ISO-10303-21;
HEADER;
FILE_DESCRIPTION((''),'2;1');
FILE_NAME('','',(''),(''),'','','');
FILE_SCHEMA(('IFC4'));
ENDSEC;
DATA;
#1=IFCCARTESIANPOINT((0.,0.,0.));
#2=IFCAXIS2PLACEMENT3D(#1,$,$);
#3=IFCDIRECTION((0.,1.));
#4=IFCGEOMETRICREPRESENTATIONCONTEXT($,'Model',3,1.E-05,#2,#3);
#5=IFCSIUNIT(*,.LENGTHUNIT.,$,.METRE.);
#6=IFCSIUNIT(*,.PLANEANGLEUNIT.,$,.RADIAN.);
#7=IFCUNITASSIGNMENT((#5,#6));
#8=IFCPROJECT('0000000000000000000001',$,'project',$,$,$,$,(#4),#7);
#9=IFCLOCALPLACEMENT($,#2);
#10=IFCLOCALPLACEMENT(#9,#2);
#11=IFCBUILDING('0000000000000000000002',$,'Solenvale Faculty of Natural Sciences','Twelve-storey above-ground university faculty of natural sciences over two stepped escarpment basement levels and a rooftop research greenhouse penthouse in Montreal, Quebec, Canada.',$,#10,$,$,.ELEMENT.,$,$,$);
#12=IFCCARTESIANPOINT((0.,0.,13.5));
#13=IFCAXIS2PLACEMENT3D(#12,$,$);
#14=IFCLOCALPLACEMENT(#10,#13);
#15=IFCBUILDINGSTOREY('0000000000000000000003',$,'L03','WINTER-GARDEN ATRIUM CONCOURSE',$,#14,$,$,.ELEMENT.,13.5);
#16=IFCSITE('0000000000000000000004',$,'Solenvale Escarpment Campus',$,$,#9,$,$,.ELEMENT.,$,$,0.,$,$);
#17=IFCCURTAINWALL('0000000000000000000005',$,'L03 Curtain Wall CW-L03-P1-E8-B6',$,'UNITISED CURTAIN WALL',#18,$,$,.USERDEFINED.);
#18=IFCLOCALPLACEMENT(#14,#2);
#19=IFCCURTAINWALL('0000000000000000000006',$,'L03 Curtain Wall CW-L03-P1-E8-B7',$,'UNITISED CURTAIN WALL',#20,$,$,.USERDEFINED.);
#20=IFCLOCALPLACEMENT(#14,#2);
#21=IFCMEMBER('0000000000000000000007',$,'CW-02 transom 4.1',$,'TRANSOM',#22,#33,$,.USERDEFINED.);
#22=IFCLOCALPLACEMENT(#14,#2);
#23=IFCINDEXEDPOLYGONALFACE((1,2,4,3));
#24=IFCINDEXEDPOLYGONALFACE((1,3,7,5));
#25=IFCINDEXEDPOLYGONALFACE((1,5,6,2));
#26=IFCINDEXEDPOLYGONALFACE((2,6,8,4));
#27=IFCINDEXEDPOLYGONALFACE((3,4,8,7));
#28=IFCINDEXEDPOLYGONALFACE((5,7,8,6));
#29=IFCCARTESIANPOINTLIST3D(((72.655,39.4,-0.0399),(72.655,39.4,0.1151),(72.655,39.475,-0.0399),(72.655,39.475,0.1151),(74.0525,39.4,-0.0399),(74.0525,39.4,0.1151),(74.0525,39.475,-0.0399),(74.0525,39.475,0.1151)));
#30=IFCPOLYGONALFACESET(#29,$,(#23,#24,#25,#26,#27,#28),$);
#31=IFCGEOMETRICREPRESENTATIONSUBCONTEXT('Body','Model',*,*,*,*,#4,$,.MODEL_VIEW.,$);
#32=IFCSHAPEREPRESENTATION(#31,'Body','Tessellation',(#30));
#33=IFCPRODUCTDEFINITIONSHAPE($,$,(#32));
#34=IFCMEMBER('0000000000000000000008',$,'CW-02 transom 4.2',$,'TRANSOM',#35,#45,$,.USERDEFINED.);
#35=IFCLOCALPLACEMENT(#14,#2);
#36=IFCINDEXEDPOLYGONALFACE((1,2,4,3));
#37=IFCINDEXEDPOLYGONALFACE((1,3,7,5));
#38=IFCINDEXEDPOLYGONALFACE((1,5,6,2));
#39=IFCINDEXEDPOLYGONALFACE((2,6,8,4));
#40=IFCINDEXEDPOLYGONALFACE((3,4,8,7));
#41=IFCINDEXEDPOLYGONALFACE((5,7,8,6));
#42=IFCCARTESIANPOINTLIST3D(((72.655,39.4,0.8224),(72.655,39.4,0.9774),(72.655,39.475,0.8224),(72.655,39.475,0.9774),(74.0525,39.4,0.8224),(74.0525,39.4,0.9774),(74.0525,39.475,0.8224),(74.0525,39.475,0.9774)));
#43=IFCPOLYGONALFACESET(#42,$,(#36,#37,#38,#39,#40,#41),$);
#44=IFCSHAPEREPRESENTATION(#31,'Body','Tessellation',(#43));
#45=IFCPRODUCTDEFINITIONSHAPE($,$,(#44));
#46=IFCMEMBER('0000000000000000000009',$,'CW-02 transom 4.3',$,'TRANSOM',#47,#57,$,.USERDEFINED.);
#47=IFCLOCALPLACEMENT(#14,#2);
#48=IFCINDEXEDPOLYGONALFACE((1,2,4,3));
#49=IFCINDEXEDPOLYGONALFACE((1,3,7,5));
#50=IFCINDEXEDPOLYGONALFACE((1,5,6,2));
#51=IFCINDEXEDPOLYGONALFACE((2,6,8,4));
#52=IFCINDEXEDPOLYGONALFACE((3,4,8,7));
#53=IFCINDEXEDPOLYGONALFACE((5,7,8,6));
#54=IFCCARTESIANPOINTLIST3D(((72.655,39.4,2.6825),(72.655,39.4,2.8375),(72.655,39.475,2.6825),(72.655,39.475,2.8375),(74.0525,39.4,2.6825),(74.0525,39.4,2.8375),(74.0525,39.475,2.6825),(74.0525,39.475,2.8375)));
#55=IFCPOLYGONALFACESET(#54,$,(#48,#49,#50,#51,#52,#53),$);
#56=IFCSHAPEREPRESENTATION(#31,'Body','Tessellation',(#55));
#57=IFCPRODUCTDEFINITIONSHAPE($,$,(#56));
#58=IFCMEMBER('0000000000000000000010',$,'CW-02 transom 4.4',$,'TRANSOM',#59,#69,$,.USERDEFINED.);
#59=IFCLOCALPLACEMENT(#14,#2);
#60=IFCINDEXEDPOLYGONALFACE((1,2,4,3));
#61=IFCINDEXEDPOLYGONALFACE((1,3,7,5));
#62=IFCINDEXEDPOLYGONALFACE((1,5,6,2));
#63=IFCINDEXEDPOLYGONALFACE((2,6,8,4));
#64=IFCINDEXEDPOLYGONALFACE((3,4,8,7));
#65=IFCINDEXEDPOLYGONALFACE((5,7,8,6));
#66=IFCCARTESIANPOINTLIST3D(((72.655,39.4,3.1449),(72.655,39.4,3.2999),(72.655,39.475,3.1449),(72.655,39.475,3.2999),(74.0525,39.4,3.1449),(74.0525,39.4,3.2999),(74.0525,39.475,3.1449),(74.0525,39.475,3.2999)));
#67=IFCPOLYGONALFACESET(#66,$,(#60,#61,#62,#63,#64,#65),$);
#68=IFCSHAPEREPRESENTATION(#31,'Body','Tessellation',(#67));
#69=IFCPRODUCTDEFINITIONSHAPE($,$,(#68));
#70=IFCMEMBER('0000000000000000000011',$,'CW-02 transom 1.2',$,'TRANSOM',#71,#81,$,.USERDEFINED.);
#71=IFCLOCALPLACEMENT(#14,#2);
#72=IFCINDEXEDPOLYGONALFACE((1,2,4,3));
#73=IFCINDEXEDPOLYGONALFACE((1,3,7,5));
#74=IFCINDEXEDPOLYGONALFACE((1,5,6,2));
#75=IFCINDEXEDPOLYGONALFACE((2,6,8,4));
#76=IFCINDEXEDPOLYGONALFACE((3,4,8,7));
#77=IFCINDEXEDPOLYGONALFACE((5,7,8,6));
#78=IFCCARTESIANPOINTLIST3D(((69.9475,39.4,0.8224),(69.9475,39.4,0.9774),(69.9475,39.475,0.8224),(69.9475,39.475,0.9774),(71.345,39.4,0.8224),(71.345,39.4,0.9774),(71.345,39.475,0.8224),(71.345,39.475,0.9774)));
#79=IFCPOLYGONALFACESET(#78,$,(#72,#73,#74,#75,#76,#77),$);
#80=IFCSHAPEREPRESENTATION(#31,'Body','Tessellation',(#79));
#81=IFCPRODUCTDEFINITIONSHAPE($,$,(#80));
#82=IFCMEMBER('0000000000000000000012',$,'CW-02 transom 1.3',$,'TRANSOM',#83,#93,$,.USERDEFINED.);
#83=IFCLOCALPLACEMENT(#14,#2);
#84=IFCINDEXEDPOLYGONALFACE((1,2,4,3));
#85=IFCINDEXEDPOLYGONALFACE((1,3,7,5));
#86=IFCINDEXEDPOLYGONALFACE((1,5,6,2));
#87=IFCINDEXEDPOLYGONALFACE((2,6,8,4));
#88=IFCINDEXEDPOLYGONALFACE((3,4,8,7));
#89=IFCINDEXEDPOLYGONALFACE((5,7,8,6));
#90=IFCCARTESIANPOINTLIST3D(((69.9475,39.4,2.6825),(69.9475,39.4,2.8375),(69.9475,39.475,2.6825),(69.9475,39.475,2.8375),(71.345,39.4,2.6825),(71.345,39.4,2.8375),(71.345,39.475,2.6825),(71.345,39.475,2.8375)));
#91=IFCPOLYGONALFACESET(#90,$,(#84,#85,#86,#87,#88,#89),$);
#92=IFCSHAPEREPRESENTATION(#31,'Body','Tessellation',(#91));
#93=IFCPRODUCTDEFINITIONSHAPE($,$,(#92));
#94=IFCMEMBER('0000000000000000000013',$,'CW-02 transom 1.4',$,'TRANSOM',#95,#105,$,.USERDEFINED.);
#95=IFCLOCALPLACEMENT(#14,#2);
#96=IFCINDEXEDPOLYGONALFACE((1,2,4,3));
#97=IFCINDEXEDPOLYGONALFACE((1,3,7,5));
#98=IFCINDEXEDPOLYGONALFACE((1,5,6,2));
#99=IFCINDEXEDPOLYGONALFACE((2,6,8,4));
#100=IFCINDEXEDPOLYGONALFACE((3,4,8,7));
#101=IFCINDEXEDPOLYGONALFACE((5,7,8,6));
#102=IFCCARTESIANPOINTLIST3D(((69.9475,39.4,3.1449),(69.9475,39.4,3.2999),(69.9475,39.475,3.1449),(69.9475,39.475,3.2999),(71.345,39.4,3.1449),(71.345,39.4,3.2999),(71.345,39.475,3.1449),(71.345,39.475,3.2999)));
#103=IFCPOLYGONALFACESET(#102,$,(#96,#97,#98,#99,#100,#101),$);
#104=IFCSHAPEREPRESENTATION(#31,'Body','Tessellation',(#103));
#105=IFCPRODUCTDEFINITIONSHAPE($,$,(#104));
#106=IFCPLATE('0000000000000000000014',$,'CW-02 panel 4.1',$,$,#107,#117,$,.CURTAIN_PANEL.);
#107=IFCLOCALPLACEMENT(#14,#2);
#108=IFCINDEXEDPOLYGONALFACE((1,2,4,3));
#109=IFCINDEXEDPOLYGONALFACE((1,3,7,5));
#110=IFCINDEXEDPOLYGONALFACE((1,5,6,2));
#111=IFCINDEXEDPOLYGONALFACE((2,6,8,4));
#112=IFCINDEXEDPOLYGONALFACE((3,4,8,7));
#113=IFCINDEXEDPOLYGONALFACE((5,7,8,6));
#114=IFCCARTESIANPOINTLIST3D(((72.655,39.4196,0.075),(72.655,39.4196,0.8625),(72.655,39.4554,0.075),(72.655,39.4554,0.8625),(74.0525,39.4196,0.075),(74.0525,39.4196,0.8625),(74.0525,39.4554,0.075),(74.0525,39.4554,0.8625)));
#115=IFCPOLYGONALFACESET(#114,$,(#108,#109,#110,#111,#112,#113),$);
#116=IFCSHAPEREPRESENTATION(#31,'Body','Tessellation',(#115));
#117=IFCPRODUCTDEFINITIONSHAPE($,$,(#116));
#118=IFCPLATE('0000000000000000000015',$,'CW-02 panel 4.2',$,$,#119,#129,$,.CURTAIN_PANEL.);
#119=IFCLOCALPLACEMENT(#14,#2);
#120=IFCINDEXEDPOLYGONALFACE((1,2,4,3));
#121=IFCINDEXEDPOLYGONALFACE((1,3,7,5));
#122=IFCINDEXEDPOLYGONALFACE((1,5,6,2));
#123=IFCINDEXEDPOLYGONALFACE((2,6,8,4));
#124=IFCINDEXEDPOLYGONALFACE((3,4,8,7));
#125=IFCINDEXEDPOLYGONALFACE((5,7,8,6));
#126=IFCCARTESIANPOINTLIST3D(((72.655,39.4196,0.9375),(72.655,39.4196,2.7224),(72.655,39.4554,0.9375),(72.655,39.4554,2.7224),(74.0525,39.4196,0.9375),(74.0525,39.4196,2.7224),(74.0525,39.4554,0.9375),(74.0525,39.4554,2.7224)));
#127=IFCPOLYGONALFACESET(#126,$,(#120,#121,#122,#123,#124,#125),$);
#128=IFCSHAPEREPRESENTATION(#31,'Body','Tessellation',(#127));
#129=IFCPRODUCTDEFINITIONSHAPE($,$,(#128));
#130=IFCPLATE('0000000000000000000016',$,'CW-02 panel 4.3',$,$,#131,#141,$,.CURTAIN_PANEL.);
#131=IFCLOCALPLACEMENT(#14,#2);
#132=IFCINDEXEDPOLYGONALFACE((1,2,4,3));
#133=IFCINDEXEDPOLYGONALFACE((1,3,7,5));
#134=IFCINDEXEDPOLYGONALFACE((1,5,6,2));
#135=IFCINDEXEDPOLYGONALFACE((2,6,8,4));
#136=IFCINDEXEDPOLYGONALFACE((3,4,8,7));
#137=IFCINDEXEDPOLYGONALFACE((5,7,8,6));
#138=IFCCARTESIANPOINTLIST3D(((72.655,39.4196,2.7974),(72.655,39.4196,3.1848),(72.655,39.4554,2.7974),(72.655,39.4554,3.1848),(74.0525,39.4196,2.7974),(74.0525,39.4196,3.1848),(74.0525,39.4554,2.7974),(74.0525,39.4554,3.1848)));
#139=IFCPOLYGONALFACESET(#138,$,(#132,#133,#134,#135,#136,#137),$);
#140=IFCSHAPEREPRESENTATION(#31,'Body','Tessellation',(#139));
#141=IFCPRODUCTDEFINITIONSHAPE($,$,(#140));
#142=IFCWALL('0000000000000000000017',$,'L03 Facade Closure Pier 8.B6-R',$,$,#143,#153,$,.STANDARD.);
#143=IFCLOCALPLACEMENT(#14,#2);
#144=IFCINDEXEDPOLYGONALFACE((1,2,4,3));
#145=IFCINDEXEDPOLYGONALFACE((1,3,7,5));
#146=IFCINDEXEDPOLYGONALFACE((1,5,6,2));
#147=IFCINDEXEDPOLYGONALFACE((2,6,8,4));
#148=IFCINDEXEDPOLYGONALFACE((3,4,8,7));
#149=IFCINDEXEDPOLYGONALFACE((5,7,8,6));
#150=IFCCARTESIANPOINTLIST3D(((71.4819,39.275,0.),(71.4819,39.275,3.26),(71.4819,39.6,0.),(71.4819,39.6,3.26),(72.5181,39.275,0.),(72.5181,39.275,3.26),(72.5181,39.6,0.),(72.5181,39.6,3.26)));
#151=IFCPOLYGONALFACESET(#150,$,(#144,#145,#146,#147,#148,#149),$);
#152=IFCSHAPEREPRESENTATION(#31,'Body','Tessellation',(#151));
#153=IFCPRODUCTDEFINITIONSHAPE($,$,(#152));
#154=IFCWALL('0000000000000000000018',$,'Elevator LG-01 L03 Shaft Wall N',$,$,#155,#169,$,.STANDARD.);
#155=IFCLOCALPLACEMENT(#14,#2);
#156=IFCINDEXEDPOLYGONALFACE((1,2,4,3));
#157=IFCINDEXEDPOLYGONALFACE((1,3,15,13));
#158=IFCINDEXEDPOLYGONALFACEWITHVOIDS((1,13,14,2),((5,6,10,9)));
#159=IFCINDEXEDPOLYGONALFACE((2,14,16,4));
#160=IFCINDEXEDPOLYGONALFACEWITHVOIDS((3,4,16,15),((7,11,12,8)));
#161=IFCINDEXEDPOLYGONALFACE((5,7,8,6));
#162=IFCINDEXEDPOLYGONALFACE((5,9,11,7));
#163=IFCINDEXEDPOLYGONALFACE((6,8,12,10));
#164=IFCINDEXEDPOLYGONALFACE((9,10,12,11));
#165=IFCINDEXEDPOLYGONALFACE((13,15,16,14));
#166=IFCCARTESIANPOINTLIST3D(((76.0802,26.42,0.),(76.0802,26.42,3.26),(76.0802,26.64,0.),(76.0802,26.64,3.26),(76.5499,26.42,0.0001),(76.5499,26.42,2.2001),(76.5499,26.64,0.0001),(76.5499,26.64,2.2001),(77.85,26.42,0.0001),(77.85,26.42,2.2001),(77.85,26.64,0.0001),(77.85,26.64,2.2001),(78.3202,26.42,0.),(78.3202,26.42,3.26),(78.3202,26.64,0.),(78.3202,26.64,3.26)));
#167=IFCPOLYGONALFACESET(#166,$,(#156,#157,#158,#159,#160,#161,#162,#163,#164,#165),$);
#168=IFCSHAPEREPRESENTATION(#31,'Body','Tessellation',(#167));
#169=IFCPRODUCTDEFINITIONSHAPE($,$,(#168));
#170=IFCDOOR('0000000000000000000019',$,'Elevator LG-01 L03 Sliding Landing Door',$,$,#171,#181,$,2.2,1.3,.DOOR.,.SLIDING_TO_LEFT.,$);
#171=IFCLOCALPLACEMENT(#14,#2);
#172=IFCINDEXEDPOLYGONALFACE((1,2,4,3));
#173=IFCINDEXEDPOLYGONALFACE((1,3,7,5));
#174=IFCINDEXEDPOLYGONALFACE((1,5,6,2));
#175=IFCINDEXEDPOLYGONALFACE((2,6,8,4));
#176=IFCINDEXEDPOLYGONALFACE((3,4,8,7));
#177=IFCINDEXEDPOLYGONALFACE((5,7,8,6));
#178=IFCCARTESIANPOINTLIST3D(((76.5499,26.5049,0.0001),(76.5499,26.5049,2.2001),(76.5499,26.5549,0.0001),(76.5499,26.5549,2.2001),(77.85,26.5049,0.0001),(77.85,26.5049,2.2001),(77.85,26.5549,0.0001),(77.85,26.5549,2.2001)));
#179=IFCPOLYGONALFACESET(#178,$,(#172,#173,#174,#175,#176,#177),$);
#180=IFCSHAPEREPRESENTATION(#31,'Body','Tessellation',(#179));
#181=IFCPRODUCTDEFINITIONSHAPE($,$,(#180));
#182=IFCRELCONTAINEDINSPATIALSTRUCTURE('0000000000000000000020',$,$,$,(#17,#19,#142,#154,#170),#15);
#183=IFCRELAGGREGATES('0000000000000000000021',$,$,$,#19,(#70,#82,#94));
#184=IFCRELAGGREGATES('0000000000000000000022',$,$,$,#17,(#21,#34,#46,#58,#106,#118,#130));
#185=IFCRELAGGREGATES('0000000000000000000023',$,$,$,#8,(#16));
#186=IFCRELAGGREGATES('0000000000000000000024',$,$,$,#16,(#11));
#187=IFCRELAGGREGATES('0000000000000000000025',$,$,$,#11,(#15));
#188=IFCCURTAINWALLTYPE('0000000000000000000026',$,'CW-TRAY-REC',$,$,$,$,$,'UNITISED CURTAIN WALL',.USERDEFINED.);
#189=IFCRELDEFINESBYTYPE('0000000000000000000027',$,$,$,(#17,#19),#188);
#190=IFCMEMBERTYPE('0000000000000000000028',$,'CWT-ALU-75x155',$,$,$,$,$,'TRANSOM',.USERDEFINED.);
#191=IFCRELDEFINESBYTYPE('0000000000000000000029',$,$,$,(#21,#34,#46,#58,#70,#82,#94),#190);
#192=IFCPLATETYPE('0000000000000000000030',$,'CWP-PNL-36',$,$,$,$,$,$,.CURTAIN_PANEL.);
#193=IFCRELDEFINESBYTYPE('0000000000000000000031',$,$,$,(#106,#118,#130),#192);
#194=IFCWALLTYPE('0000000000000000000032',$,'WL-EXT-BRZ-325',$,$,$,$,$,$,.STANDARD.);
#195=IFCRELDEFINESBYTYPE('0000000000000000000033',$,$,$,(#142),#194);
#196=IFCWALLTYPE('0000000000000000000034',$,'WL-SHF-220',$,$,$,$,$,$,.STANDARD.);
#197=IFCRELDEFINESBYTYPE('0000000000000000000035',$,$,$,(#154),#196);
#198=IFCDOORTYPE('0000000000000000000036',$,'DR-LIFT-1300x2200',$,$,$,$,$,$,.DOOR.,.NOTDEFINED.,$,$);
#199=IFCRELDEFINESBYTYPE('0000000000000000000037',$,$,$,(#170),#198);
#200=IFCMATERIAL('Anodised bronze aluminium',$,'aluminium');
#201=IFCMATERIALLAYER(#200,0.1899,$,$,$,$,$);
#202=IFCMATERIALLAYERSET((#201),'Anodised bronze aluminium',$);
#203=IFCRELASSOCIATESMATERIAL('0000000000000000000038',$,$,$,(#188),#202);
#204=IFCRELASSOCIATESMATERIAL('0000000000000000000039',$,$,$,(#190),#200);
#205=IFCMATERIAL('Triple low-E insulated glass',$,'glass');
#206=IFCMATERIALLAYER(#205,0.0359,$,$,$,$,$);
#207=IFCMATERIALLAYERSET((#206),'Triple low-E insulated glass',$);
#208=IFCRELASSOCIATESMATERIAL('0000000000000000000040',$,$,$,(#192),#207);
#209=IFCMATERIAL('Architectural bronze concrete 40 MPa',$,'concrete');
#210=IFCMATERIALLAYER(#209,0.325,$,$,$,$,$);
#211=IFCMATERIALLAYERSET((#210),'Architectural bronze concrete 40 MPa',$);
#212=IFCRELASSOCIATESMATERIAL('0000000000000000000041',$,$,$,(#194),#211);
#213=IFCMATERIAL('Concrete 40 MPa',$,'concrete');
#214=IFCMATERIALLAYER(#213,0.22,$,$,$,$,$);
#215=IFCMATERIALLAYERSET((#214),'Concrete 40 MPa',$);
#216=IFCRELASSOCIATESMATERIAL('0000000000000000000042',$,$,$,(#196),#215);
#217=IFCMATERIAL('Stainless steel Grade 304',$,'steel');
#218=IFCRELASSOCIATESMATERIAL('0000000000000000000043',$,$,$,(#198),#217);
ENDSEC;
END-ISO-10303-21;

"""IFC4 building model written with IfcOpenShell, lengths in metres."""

from ifc_helpers import new_model, si_unit, direction, frame, frame_2d, origin, origin_2d, place, context, subcontext, project, spatial, rectangle, extrude, material, layer, layer_set, material_profile, profile_set, type_object, element, fill, aggregate, save


model = new_model("IFC4")

# Units and contexts
model_context = context("Model", 3, precision=1e-05, world=origin(), true_north=direction((0.0, 1.0)))
body_context = subcontext(model_context, "Body", "Model", "MODEL_VIEW")
ifc_project = project(units=[si_unit("LENGTHUNIT", "METRE"), si_unit("PLANEANGLEUNIT", "RADIAN")], contexts=[model_context])

# Site, building, storey
site_placement = place(None, origin())
site = spatial("IfcSite", under=ifc_project, at=site_placement, Name="Solenvale Escarpment Campus", CompositionType="ELEMENT", RefElevation=0.0)
building_placement = place(site_placement, origin())
building = spatial("IfcBuilding", under=site, at=building_placement, Name="Solenvale Faculty of Natural Sciences", Description="Twelve-storey above-ground university faculty of natural sciences over two stepped escarpment basement levels and a rooftop research greenhouse penthouse in Montreal, Quebec, Canada.", CompositionType="ELEMENT")
storey_placement = place(building_placement, frame((0.0, 0.0, 13.5)))
storey = spatial("IfcBuildingStorey", under=building, at=storey_placement, Name="L03", Description="WINTER-GARDEN ATRIUM CONCOURSE", CompositionType="ELEMENT", Elevation=13.5)

# Shared definitions
ifc_material_1 = material(Name="Concrete 40 MPa", Category="concrete")
ifc_material_2 = material(Name="Architectural bronze concrete 40 MPa", Category="concrete")

# Curtain walls
ifc_material_3 = material(Name="Anodised bronze aluminium", Category="aluminium")
ifc_layer_1 = layer(ifc_material_3, 0.1899)
ifc_layer_set_1 = layer_set([ifc_layer_1], Name="Anodised bronze aluminium")
curtain_wall_type = type_object("IfcCurtainWallType", Name="CW-TRAY-REC", ElementType="UNITISED CURTAIN WALL", PredefinedType="USERDEFINED", material=ifc_layer_set_1)
curtain_wall_1_placement = place(storey_placement, origin())
curtain_wall_1 = element("IfcCurtainWall", 1, at=curtain_wall_1_placement, inside=storey, type_object=curtain_wall_type, Name="L03 Curtain Wall CW-L03-P1-E8-B6", ObjectType="UNITISED CURTAIN WALL", PredefinedType="USERDEFINED")
curtain_wall_2_placement = place(storey_placement, origin())
curtain_wall_2 = element("IfcCurtainWall", 2, at=curtain_wall_2_placement, inside=storey, type_object=curtain_wall_type, Name="L03 Curtain Wall CW-L03-P1-E8-B7", ObjectType="UNITISED CURTAIN WALL", PredefinedType="USERDEFINED")

# Members
ifc_material_profile_1 = material_profile(ifc_material_3, rectangle(XDim=0.075, YDim=0.155, at=origin_2d()), Name="ALU-TRN-75x155")
ifc_profile_set_1 = profile_set([ifc_material_profile_1], Name="Anodised bronze aluminium")
member_type_1 = type_object("IfcMemberType", Name="CWT-ALU-75x155", ElementType="TRANSOM", PredefinedType="USERDEFINED", material=ifc_profile_set_1)
member_1_placement = place(storey_placement, frame((74.0525, 39.4375, 0.0376), z_axis=(-1.0, 0.0, 0.0), x_axis=(0.0, -1.0, 0.0)))
member_1 = element("IfcMember", 3, at=member_1_placement, type_object=member_type_1, Name="CW-02 transom 4.1", ObjectType="TRANSOM", PredefinedType="USERDEFINED", context=body_context, shape_type="SweptSolid", body=[
    extrude(rectangle(XDim=0.075, YDim=0.155, at=origin_2d()), origin(), (0.0, 0.0, 1.0), 1.3975),
])
member_2_placement = place(storey_placement, frame((74.0525, 39.4375, 0.8999), z_axis=(-1.0, 0.0, 0.0), x_axis=(0.0, -1.0, 0.0)))
member_2 = element("IfcMember", 4, at=member_2_placement, type_object=member_type_1, Name="CW-02 transom 4.2", ObjectType="TRANSOM", PredefinedType="USERDEFINED", context=body_context, shape_type="SweptSolid", body=[
    extrude(rectangle(XDim=0.075, YDim=0.155, at=origin_2d()), origin(), (0.0, 0.0, 1.0), 1.3975),
])
member_3_placement = place(storey_placement, frame((74.0525, 39.4375, 2.76), z_axis=(-1.0, 0.0, 0.0), x_axis=(0.0, -1.0, 0.0)))
member_3 = element("IfcMember", 5, at=member_3_placement, type_object=member_type_1, Name="CW-02 transom 4.3", ObjectType="TRANSOM", PredefinedType="USERDEFINED", context=body_context, shape_type="SweptSolid", body=[
    extrude(rectangle(XDim=0.075, YDim=0.155, at=origin_2d()), origin(), (0.0, 0.0, 1.0), 1.3975),
])
member_4_placement = place(storey_placement, frame((74.0525, 39.4375, 3.2224), z_axis=(-1.0, 0.0, 0.0), x_axis=(0.0, -1.0, 0.0)))
member_4 = element("IfcMember", 6, at=member_4_placement, type_object=member_type_1, Name="CW-02 transom 4.4", ObjectType="TRANSOM", PredefinedType="USERDEFINED", context=body_context, shape_type="SweptSolid", body=[
    extrude(rectangle(XDim=0.075, YDim=0.155, at=origin_2d()), origin(), (0.0, 0.0, 1.0), 1.3975),
])
member_5_placement = place(storey_placement, frame((71.345, 39.4375, 0.8999), z_axis=(-1.0, 0.0, 0.0), x_axis=(0.0, -1.0, 0.0)))
member_5 = element("IfcMember", 7, at=member_5_placement, type_object=member_type_1, Name="CW-02 transom 1.2", ObjectType="TRANSOM", PredefinedType="USERDEFINED", context=body_context, shape_type="SweptSolid", body=[
    extrude(rectangle(XDim=0.075, YDim=0.155, at=origin_2d()), origin(), (0.0, 0.0, 1.0), 1.3975),
])
member_6_placement = place(storey_placement, frame((71.345, 39.4375, 2.76), z_axis=(-1.0, 0.0, 0.0), x_axis=(0.0, -1.0, 0.0)))
member_6 = element("IfcMember", 8, at=member_6_placement, type_object=member_type_1, Name="CW-02 transom 1.3", ObjectType="TRANSOM", PredefinedType="USERDEFINED", context=body_context, shape_type="SweptSolid", body=[
    extrude(rectangle(XDim=0.075, YDim=0.155, at=origin_2d()), origin(), (0.0, 0.0, 1.0), 1.3975),
])
member_7_placement = place(storey_placement, frame((71.345, 39.4375, 3.2224), z_axis=(-1.0, 0.0, 0.0), x_axis=(0.0, -1.0, 0.0)))
member_7 = element("IfcMember", 9, at=member_7_placement, type_object=member_type_1, Name="CW-02 transom 1.4", ObjectType="TRANSOM", PredefinedType="USERDEFINED", context=body_context, shape_type="SweptSolid", body=[
    extrude(rectangle(XDim=0.075, YDim=0.155, at=origin_2d()), origin(), (0.0, 0.0, 1.0), 1.3975),
])
aggregate(curtain_wall_2, [member_5, member_6, member_7])

# Plates
ifc_material_4 = material(Name="Triple low-E insulated glass", Category="glass")
ifc_layer_2 = layer(ifc_material_4, 0.0359)
ifc_layer_set_2 = layer_set([ifc_layer_2], Name="Triple low-E insulated glass")
plate_type = type_object("IfcPlateType", Name="CWP-PNL-36", PredefinedType="CURTAIN_PANEL", material=ifc_layer_set_2)
plate_1_placement = place(storey_placement, frame((73.3538, 39.4375, 0.075), z_axis=(0.0, 0.0, 1.0), x_axis=(-1.0, 0.0, 0.0)))
plate_1 = element("IfcPlate", 10, at=plate_1_placement, type_object=plate_type, Name="CW-02 panel 4.1", PredefinedType="CURTAIN_PANEL", context=body_context, shape_type="SweptSolid", body=[
    extrude(rectangle(XDim=1.3975, YDim=0.0359, at=origin_2d()), origin(), (0.0, 0.0, 1.0), 0.7876),
])
plate_2_placement = place(storey_placement, frame((73.3538, 39.4375, 0.9375), z_axis=(0.0, 0.0, 1.0), x_axis=(-1.0, 0.0, 0.0)))
plate_2 = element("IfcPlate", 11, at=plate_2_placement, type_object=plate_type, Name="CW-02 panel 4.2", PredefinedType="CURTAIN_PANEL", context=body_context, shape_type="SweptSolid", body=[
    extrude(rectangle(XDim=1.3975, YDim=0.0359, at=origin_2d()), origin(), (0.0, 0.0, 1.0), 1.7849),
])
plate_3_placement = place(storey_placement, frame((73.3538, 39.4375, 2.7974), z_axis=(0.0, 0.0, 1.0), x_axis=(-1.0, 0.0, 0.0)))
plate_3 = element("IfcPlate", 12, at=plate_3_placement, type_object=plate_type, Name="CW-02 panel 4.3", PredefinedType="CURTAIN_PANEL", context=body_context, shape_type="SweptSolid", body=[
    extrude(rectangle(XDim=1.3975, YDim=0.0359, at=origin_2d()), origin(), (0.0, 0.0, 1.0), 0.3875),
])
aggregate(curtain_wall_1, [member_1, member_2, member_3, member_4, plate_1, plate_2, plate_3])

# Wall
ifc_layer_3 = layer(ifc_material_2, 0.325)
ifc_layer_set_3 = layer_set([ifc_layer_3], Name="Architectural bronze concrete 40 MPa")
wall_type_1 = type_object("IfcWallType", Name="WL-EXT-BRZ-325", PredefinedType="STANDARD", material=ifc_layer_set_3)
wall_1_placement = place(storey_placement, frame((72.5181, 39.4375, 0.0), z_axis=(0.0, 0.0, 1.0), x_axis=(-1.0, 0.0, 0.0)))
element("IfcWall", 13, at=wall_1_placement, inside=storey, type_object=wall_type_1, Name="L03 Facade Closure Pier 8.B6-R", PredefinedType="STANDARD", context=body_context, shape_type="SweptSolid", body=[
    extrude(rectangle(XDim=1.0361, YDim=0.325, at=frame_2d((0.5181, 0.0))), origin(), (0.0, 0.0, 1.0), 3.26),
])

# Wall, opening, door
ifc_layer_4 = layer(ifc_material_1, 0.22)
ifc_layer_set_4 = layer_set([ifc_layer_4], Name="Concrete 40 MPa")
wall_type_2 = type_object("IfcWallType", Name="WL-SHF-220", PredefinedType="STANDARD", material=ifc_layer_set_4)
wall_2_placement = place(storey_placement, frame((76.0801, 26.53, 0.0), z_axis=(0.0, 0.0, 1.0), x_axis=(1.0, 0.0, 0.0)))
wall_2 = element("IfcWall", 14, at=wall_2_placement, inside=storey, type_object=wall_type_2, Name="Elevator LG-01 L03 Shaft Wall N", PredefinedType="STANDARD", context=body_context, shape_type="SweptSolid", body=[
    extrude(rectangle(XDim=2.24, YDim=0.22, at=frame_2d((1.1201, 0.0))), origin(), (0.0, 0.0, 1.0), 3.26),
])
opening_placement = place(wall_2_placement, frame((0.47, 0.0, 0.0)))
opening = element("IfcOpeningElement", 15, at=opening_placement, cuts=wall_2, PredefinedType="OPENING", context=body_context, shape_type="SweptSolid", body=[
    extrude(rectangle(XDim=1.3, YDim=2.2, at=frame_2d((0.6499, 1.1001))), frame((0.0, 0.1199, 0.0), z_axis=(0.0, -1.0, 0.0), x_axis=(1.0, 0.0, 0.0)), (0.0, 0.0, 1.0), 0.24),
])
ifc_material_5 = material(Name="Stainless steel Grade 304", Category="steel")
door_type = type_object("IfcDoorType", Name="DR-LIFT-1300x2200", OperationType="NOTDEFINED", PredefinedType="DOOR", material=ifc_material_5)
door_placement = place(opening_placement, origin())
door = element("IfcDoor", 16, at=door_placement, inside=storey, type_object=door_type, Name="Elevator LG-01 L03 Sliding Landing Door", OperationType="SLIDING_TO_LEFT", OverallHeight=2.2, OverallWidth=1.3, PredefinedType="DOOR", context=body_context, shape_type="SweptSolid", body=[
    extrude(rectangle(XDim=1.3, YDim=2.2, at=frame_2d((0.6499, 1.1001))), frame((0.0, 0.0249, 0.0), z_axis=(0.0, -1.0, 0.0), x_axis=(1.0, 0.0, 0.0)), (0.0, 0.0, 1.0), 0.05),
])
fill(opening, door)

save(model, "model.ifc")
